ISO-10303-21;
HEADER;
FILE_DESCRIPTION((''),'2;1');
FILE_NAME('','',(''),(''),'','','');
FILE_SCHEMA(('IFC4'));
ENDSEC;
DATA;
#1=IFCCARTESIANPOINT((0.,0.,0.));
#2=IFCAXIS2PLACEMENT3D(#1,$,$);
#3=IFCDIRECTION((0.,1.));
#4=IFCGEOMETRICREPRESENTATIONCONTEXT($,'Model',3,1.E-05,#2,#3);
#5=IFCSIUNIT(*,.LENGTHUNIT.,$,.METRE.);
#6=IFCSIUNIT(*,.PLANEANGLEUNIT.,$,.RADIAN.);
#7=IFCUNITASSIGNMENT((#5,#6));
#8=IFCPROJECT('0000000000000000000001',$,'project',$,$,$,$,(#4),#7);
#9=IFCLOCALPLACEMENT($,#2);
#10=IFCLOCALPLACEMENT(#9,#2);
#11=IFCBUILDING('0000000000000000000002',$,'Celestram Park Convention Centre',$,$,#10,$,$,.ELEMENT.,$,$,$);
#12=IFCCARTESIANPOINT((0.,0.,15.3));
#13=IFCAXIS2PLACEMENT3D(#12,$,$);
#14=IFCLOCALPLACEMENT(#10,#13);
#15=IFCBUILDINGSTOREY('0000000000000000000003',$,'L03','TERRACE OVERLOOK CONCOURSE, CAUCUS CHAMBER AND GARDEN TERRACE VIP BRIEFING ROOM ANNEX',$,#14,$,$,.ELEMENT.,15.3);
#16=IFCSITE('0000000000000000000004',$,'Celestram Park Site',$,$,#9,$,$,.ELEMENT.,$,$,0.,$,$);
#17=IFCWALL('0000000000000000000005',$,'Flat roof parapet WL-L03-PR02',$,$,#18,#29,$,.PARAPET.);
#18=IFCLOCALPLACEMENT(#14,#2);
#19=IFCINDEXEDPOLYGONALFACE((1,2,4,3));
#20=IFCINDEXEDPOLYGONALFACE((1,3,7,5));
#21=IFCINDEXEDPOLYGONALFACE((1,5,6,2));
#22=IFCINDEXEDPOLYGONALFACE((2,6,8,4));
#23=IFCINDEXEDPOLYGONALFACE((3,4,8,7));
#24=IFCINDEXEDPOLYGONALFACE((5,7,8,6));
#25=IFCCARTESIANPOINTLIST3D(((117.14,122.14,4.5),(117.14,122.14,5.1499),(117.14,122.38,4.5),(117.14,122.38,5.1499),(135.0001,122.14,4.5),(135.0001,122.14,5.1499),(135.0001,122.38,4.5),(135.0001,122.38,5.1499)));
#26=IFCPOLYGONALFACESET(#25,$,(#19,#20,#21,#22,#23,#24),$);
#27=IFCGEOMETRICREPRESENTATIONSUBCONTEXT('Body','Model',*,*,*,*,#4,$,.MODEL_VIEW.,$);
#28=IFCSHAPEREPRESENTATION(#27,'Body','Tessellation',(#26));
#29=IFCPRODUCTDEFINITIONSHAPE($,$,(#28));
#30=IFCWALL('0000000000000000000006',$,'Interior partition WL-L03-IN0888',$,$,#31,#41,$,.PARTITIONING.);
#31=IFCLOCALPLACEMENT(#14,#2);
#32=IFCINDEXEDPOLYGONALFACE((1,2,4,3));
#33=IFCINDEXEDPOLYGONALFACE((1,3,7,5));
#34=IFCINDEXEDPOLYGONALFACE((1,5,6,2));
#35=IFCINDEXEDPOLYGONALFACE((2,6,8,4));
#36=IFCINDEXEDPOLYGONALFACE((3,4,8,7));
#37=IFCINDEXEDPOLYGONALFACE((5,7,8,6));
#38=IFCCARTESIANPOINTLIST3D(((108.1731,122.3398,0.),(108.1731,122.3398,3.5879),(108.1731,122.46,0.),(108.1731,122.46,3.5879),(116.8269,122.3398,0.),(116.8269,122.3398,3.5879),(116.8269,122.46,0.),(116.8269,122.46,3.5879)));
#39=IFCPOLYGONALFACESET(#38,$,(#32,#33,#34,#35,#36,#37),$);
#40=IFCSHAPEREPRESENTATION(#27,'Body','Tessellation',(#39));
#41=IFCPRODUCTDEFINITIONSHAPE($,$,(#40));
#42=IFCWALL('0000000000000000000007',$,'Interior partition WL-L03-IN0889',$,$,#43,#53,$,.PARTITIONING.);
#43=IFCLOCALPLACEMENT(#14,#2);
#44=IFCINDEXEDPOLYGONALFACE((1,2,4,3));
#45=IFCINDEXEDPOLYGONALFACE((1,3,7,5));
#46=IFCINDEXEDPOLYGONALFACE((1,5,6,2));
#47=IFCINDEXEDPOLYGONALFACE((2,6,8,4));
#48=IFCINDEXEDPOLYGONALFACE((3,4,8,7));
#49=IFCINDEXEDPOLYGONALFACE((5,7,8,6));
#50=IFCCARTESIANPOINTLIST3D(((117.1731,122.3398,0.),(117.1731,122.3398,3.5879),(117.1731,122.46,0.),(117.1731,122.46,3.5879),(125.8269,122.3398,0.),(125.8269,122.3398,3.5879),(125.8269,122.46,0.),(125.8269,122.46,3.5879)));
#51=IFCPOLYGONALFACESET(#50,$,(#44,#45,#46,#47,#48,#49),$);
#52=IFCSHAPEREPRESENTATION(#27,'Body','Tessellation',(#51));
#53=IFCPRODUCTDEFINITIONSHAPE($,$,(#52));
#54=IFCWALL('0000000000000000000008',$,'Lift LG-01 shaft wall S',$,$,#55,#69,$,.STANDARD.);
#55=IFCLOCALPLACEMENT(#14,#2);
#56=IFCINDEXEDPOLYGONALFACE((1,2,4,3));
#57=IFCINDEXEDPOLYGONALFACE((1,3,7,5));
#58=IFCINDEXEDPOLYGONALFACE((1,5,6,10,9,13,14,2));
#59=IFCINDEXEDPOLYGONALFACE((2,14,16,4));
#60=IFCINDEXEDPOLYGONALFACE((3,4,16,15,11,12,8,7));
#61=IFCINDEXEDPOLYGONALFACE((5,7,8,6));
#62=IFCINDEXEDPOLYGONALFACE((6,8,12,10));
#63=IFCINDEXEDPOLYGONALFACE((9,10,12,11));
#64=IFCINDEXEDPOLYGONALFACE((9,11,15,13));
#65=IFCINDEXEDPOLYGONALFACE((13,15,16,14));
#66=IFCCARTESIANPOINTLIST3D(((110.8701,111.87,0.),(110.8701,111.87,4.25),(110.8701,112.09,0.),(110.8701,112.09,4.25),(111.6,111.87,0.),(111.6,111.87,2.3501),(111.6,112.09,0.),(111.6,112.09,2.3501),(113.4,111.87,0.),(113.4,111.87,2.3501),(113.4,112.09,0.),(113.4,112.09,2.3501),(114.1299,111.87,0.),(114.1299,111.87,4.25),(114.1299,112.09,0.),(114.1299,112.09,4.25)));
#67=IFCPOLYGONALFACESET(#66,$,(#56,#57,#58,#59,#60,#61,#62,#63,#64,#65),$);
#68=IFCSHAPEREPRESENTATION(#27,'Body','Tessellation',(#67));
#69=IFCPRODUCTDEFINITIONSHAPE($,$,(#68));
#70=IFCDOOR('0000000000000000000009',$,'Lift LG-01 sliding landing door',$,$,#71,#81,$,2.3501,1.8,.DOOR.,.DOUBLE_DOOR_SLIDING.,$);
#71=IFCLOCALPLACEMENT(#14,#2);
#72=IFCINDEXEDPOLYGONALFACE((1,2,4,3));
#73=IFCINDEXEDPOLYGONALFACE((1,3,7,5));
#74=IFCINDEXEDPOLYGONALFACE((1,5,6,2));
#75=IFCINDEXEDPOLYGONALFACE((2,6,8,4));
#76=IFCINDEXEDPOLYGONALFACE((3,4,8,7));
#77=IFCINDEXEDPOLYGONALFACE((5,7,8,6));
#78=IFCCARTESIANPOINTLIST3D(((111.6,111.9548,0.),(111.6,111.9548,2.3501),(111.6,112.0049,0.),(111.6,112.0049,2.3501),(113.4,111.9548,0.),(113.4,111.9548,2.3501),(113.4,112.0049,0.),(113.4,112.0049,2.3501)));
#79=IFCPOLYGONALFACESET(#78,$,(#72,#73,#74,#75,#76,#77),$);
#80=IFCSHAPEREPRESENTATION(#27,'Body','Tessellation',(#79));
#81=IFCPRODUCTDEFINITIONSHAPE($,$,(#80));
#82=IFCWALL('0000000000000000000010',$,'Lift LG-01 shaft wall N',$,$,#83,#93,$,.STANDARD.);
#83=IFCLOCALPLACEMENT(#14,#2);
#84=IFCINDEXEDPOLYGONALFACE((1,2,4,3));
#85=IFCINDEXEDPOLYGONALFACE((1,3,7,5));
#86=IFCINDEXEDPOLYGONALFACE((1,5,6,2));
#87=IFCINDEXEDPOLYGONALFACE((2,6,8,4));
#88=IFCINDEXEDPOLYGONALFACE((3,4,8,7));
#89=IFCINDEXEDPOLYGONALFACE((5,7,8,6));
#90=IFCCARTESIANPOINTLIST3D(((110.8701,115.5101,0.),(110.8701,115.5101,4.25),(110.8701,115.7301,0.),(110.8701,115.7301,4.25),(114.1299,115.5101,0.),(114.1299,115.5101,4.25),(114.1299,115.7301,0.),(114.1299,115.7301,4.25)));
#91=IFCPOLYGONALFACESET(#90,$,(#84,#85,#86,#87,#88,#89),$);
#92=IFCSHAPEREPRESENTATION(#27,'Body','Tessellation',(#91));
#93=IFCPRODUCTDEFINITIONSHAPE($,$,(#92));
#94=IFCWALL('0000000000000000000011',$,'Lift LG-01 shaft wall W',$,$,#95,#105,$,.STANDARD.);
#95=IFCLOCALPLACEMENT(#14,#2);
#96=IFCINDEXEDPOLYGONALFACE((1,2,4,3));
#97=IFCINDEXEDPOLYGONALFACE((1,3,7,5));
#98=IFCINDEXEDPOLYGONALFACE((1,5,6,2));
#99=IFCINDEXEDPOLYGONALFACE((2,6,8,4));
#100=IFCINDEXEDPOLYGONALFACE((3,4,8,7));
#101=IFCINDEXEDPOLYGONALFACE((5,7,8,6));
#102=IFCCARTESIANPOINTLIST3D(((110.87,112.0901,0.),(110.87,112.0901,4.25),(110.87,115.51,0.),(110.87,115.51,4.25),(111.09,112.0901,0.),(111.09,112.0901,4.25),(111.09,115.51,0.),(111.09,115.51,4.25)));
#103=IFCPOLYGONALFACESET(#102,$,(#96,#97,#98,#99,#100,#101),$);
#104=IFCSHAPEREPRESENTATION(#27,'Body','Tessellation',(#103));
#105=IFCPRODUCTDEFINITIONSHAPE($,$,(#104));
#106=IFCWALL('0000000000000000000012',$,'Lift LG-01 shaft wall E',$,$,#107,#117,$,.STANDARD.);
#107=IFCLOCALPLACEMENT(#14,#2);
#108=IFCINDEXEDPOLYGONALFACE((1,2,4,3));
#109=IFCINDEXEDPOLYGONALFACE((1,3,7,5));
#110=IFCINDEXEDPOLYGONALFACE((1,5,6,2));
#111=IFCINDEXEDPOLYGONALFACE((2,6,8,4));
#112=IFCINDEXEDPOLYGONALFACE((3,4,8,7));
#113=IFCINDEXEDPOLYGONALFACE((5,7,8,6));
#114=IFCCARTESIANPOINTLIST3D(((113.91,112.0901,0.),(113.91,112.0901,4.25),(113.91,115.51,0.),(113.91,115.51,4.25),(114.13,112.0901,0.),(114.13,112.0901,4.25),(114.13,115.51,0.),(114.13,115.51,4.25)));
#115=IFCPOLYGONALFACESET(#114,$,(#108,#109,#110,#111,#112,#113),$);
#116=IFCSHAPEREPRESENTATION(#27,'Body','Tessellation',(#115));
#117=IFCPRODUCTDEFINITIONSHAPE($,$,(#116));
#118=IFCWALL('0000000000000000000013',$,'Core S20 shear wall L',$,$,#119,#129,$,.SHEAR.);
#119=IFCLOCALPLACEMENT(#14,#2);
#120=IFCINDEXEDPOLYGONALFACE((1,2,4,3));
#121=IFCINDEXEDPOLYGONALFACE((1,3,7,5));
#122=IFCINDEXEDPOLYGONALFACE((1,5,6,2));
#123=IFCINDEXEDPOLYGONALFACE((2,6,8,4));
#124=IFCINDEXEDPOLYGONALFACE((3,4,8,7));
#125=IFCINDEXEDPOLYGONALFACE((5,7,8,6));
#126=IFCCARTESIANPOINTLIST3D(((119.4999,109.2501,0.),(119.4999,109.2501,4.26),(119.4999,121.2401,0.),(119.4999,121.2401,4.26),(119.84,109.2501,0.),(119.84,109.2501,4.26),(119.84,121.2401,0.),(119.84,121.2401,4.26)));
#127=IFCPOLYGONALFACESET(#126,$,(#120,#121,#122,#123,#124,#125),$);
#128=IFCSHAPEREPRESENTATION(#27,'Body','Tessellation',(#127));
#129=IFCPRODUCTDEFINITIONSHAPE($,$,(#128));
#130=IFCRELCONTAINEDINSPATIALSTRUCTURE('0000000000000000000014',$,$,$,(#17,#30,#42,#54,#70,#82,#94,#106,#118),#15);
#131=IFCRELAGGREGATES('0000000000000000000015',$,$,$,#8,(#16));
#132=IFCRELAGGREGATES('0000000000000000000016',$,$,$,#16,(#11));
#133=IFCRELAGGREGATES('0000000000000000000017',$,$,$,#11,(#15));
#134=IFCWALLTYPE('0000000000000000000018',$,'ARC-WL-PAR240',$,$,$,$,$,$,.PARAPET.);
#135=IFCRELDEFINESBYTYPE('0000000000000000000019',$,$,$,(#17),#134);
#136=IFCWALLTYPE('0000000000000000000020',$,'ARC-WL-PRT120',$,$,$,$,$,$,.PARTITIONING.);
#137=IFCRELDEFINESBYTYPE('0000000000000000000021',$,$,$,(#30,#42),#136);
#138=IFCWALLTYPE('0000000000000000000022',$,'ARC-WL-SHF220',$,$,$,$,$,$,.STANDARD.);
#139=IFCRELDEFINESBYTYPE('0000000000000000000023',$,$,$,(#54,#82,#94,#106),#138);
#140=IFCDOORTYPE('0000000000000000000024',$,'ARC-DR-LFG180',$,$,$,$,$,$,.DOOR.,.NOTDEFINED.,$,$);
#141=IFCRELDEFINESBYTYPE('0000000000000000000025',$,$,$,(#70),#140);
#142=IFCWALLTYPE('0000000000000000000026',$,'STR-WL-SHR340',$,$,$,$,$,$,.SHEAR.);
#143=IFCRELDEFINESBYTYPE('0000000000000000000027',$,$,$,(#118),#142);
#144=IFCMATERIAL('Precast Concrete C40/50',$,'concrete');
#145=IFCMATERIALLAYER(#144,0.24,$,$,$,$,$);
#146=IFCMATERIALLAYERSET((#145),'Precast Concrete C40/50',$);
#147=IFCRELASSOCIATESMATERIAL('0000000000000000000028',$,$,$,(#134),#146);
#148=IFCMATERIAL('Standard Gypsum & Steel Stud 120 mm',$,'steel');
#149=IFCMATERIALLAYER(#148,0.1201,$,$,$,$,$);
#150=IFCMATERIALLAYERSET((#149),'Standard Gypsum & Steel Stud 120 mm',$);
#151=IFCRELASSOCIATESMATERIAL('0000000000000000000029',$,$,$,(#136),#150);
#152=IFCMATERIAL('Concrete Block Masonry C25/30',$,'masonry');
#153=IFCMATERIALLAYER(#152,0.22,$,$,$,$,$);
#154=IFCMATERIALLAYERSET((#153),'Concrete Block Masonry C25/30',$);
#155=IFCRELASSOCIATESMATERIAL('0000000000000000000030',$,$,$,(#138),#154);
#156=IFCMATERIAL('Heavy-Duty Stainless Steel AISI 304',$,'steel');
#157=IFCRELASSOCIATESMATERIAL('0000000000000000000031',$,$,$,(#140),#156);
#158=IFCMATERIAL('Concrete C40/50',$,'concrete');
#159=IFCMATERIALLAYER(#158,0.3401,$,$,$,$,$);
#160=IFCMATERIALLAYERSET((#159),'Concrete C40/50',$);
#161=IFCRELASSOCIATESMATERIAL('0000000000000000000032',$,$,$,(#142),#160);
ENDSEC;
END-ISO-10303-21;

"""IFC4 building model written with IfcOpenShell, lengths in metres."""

from ifc_helpers import new_model, si_unit, direction, frame, frame_2d, origin, place, context, subcontext, project, spatial, rectangle, extrude, material, layer, layer_set, type_object, element, fill, save


model = new_model("IFC4")

# Units and contexts
model_context = context("Model", 3, precision=1e-05, world=origin(), true_north=direction((0.0, 1.0)))
body_context = subcontext(model_context, "Body", "Model", "MODEL_VIEW")
ifc_project = project(units=[si_unit("LENGTHUNIT", "METRE"), si_unit("PLANEANGLEUNIT", "RADIAN")], contexts=[model_context])

# Site, building, storey
site_placement = place(None, origin())
site = spatial("IfcSite", under=ifc_project, at=site_placement, Name="Celestram Park Site", CompositionType="ELEMENT", RefElevation=0.0)
building_placement = place(site_placement, origin())
building = spatial("IfcBuilding", under=site, at=building_placement, Name="Celestram Park Convention Centre", CompositionType="ELEMENT")
storey_placement = place(building_placement, frame((0.0, 0.0, 15.3)))
storey = spatial("IfcBuildingStorey", under=building, at=storey_placement, Name="L03", Description="TERRACE OVERLOOK CONCOURSE, CAUCUS CHAMBER AND GARDEN TERRACE VIP BRIEFING ROOM ANNEX", CompositionType="ELEMENT", Elevation=15.3)

# Walls
ifc_material_1 = material(Name="Precast Concrete C40/50", Category="concrete")
ifc_layer_1 = layer(ifc_material_1, 0.24)
ifc_layer_set_1 = layer_set([ifc_layer_1], Name="Precast Concrete C40/50")
wall_type_1 = type_object("IfcWallType", Name="ARC-WL-PAR240", PredefinedType="PARAPET", material=ifc_layer_set_1)
wall_1_placement = place(storey_placement, frame((117.1399, 122.26, 4.5), z_axis=(0.0, 0.0, 1.0), x_axis=(1.0, 0.0, 0.0)))
element("IfcWall", 1, at=wall_1_placement, inside=storey, type_object=wall_type_1, Name="Flat roof parapet WL-L03-PR02", PredefinedType="PARAPET", context=body_context, shape_type="SweptSolid", body=[
    extrude(rectangle(XDim=17.8601, YDim=0.24, at=frame_2d((8.9302, 0.0))), origin(), (0.0, 0.0, 1.0), 0.6499),
])
ifc_material_2 = material(Name="Standard Gypsum & Steel Stud 120 mm", Category="steel")
ifc_layer_2 = layer(ifc_material_2, 0.1201)
ifc_layer_set_2 = layer_set([ifc_layer_2], Name="Standard Gypsum & Steel Stud 120 mm")
wall_type_2 = type_object("IfcWallType", Name="ARC-WL-PRT120", PredefinedType="PARTITIONING", material=ifc_layer_set_2)
for number, where, z_axis, x_axis, name in (
    (2, (108.1731, 122.3999, 0.0), (0.0, 0.0, 1.0), (1.0, 0.0, 0.0), "Interior partition WL-L03-IN0888"),
    (3, (117.1731, 122.3999, 0.0), (0.0, 0.0, 1.0), (1.0, 0.0, 0.0), "Interior partition WL-L03-IN0889"),
):
    element("IfcWall", number, at=place(storey_placement, frame(where, z_axis=z_axis, x_axis=x_axis)), inside=storey, type_object=wall_type_2, Name=name, PredefinedType="PARTITIONING", context=body_context, shape_type="SweptSolid", body=[
        extrude(rectangle(XDim=8.6538, YDim=0.1201, at=frame_2d((4.3269, 0.0))), origin(), (0.0, 0.0, 1.0), 3.5879),
    ])

# Wall, opening, door
ifc_material_3 = material(Name="Concrete Block Masonry C25/30", Category="masonry")
ifc_layer_3 = layer(ifc_material_3, 0.22)
ifc_layer_set_3 = layer_set([ifc_layer_3], Name="Concrete Block Masonry C25/30")
wall_type_3 = type_object("IfcWallType", Name="ARC-WL-SHF220", PredefinedType="STANDARD", material=ifc_layer_set_3)
wall_2_placement = place(storey_placement, frame((110.8701, 111.98, 0.0), z_axis=(0.0, 0.0, 1.0), x_axis=(1.0, 0.0, 0.0)))
wall_2 = element("IfcWall", 4, at=wall_2_placement, inside=storey, type_object=wall_type_3, Name="Lift LG-01 shaft wall S", PredefinedType="STANDARD", context=body_context, shape_type="SweptSolid", body=[
    extrude(rectangle(XDim=3.2598, YDim=0.22, at=frame_2d((1.6299, 0.0))), origin(), (0.0, 0.0, 1.0), 4.25),
])
opening_placement = place(wall_2_placement, frame((0.73, 0.0, 0.0)))
opening = element("IfcOpeningElement", 5, at=opening_placement, cuts=wall_2, PredefinedType="OPENING", context=body_context, shape_type="SweptSolid", body=[
    extrude(rectangle(XDim=1.8, YDim=2.3501, at=frame_2d((0.8999, 1.175))), frame((0.0, 0.1199, 0.0), z_axis=(0.0, -1.0, 0.0), x_axis=(1.0, 0.0, 0.0)), (0.0, 0.0, 1.0), 0.24),
])
ifc_material_4 = material(Name="Heavy-Duty Stainless Steel AISI 304", Category="steel")
door_type = type_object("IfcDoorType", Name="ARC-DR-LFG180", OperationType="NOTDEFINED", PredefinedType="DOOR", material=ifc_material_4)
door_placement = place(opening_placement, origin())
door = element("IfcDoor", 6, at=door_placement, inside=storey, type_object=door_type, Name="Lift LG-01 sliding landing door", OperationType="DOUBLE_DOOR_SLIDING", OverallHeight=2.3501, OverallWidth=1.8, PredefinedType="DOOR", context=body_context, shape_type="SweptSolid", body=[
    extrude(rectangle(XDim=1.8, YDim=2.3501, at=frame_2d((0.8999, 1.175))), frame((0.0, 0.0249, 0.0), z_axis=(0.0, -1.0, 0.0), x_axis=(1.0, 0.0, 0.0)), (0.0, 0.0, 1.0), 0.05),
])
fill(opening, door)

# Walls
wall_3_placement = place(storey_placement, frame((114.1299, 115.6201, 0.0), z_axis=(0.0, 0.0, 1.0), x_axis=(-1.0, 0.0, 0.0)))
element("IfcWall", 7, at=wall_3_placement, inside=storey, type_object=wall_type_3, Name="Lift LG-01 shaft wall N", PredefinedType="STANDARD", context=body_context, shape_type="SweptSolid", body=[
    extrude(rectangle(XDim=3.2598, YDim=0.22, at=frame_2d((1.6299, 0.0))), origin(), (0.0, 0.0, 1.0), 4.25),
])
for number, where, z_axis, x_axis, name in (
    (8, (110.98, 115.51, 0.0), (0.0, 0.0, 1.0), (0.0, -1.0, 0.0), "Lift LG-01 shaft wall W"),
    (9, (114.02, 112.0901, 0.0), (0.0, 0.0, 1.0), (0.0, 1.0, 0.0), "Lift LG-01 shaft wall E"),
):
    element("IfcWall", number, at=place(storey_placement, frame(where, z_axis=z_axis, x_axis=x_axis)), inside=storey, type_object=wall_type_3, Name=name, PredefinedType="STANDARD", context=body_context, shape_type="SweptSolid", body=[
        extrude(rectangle(XDim=3.4199, YDim=0.22, at=frame_2d((1.71, 0.0))), origin(), (0.0, 0.0, 1.0), 4.25),
    ])
ifc_material_5 = material(Name="Concrete C40/50", Category="concrete")
ifc_layer_4 = layer(ifc_material_5, 0.3401)
ifc_layer_set_4 = layer_set([ifc_layer_4], Name="Concrete C40/50")
wall_type_4 = type_object("IfcWallType", Name="STR-WL-SHR340", PredefinedType="SHEAR", material=ifc_layer_set_4)
wall_4_placement = place(storey_placement, frame((119.6699, 109.25, 0.0), z_axis=(0.0, 0.0, 1.0), x_axis=(0.0, 1.0, 0.0)))
element("IfcWall", 10, at=wall_4_placement, inside=storey, type_object=wall_type_4, Name="Core S20 shear wall L", PredefinedType="SHEAR", context=body_context, shape_type="SweptSolid", body=[
    extrude(rectangle(XDim=11.99, YDim=0.3401, at=frame_2d((5.9951, 0.0))), origin(), (0.0, 0.0, 1.0), 4.26),
])

save(model, "model.ifc")
